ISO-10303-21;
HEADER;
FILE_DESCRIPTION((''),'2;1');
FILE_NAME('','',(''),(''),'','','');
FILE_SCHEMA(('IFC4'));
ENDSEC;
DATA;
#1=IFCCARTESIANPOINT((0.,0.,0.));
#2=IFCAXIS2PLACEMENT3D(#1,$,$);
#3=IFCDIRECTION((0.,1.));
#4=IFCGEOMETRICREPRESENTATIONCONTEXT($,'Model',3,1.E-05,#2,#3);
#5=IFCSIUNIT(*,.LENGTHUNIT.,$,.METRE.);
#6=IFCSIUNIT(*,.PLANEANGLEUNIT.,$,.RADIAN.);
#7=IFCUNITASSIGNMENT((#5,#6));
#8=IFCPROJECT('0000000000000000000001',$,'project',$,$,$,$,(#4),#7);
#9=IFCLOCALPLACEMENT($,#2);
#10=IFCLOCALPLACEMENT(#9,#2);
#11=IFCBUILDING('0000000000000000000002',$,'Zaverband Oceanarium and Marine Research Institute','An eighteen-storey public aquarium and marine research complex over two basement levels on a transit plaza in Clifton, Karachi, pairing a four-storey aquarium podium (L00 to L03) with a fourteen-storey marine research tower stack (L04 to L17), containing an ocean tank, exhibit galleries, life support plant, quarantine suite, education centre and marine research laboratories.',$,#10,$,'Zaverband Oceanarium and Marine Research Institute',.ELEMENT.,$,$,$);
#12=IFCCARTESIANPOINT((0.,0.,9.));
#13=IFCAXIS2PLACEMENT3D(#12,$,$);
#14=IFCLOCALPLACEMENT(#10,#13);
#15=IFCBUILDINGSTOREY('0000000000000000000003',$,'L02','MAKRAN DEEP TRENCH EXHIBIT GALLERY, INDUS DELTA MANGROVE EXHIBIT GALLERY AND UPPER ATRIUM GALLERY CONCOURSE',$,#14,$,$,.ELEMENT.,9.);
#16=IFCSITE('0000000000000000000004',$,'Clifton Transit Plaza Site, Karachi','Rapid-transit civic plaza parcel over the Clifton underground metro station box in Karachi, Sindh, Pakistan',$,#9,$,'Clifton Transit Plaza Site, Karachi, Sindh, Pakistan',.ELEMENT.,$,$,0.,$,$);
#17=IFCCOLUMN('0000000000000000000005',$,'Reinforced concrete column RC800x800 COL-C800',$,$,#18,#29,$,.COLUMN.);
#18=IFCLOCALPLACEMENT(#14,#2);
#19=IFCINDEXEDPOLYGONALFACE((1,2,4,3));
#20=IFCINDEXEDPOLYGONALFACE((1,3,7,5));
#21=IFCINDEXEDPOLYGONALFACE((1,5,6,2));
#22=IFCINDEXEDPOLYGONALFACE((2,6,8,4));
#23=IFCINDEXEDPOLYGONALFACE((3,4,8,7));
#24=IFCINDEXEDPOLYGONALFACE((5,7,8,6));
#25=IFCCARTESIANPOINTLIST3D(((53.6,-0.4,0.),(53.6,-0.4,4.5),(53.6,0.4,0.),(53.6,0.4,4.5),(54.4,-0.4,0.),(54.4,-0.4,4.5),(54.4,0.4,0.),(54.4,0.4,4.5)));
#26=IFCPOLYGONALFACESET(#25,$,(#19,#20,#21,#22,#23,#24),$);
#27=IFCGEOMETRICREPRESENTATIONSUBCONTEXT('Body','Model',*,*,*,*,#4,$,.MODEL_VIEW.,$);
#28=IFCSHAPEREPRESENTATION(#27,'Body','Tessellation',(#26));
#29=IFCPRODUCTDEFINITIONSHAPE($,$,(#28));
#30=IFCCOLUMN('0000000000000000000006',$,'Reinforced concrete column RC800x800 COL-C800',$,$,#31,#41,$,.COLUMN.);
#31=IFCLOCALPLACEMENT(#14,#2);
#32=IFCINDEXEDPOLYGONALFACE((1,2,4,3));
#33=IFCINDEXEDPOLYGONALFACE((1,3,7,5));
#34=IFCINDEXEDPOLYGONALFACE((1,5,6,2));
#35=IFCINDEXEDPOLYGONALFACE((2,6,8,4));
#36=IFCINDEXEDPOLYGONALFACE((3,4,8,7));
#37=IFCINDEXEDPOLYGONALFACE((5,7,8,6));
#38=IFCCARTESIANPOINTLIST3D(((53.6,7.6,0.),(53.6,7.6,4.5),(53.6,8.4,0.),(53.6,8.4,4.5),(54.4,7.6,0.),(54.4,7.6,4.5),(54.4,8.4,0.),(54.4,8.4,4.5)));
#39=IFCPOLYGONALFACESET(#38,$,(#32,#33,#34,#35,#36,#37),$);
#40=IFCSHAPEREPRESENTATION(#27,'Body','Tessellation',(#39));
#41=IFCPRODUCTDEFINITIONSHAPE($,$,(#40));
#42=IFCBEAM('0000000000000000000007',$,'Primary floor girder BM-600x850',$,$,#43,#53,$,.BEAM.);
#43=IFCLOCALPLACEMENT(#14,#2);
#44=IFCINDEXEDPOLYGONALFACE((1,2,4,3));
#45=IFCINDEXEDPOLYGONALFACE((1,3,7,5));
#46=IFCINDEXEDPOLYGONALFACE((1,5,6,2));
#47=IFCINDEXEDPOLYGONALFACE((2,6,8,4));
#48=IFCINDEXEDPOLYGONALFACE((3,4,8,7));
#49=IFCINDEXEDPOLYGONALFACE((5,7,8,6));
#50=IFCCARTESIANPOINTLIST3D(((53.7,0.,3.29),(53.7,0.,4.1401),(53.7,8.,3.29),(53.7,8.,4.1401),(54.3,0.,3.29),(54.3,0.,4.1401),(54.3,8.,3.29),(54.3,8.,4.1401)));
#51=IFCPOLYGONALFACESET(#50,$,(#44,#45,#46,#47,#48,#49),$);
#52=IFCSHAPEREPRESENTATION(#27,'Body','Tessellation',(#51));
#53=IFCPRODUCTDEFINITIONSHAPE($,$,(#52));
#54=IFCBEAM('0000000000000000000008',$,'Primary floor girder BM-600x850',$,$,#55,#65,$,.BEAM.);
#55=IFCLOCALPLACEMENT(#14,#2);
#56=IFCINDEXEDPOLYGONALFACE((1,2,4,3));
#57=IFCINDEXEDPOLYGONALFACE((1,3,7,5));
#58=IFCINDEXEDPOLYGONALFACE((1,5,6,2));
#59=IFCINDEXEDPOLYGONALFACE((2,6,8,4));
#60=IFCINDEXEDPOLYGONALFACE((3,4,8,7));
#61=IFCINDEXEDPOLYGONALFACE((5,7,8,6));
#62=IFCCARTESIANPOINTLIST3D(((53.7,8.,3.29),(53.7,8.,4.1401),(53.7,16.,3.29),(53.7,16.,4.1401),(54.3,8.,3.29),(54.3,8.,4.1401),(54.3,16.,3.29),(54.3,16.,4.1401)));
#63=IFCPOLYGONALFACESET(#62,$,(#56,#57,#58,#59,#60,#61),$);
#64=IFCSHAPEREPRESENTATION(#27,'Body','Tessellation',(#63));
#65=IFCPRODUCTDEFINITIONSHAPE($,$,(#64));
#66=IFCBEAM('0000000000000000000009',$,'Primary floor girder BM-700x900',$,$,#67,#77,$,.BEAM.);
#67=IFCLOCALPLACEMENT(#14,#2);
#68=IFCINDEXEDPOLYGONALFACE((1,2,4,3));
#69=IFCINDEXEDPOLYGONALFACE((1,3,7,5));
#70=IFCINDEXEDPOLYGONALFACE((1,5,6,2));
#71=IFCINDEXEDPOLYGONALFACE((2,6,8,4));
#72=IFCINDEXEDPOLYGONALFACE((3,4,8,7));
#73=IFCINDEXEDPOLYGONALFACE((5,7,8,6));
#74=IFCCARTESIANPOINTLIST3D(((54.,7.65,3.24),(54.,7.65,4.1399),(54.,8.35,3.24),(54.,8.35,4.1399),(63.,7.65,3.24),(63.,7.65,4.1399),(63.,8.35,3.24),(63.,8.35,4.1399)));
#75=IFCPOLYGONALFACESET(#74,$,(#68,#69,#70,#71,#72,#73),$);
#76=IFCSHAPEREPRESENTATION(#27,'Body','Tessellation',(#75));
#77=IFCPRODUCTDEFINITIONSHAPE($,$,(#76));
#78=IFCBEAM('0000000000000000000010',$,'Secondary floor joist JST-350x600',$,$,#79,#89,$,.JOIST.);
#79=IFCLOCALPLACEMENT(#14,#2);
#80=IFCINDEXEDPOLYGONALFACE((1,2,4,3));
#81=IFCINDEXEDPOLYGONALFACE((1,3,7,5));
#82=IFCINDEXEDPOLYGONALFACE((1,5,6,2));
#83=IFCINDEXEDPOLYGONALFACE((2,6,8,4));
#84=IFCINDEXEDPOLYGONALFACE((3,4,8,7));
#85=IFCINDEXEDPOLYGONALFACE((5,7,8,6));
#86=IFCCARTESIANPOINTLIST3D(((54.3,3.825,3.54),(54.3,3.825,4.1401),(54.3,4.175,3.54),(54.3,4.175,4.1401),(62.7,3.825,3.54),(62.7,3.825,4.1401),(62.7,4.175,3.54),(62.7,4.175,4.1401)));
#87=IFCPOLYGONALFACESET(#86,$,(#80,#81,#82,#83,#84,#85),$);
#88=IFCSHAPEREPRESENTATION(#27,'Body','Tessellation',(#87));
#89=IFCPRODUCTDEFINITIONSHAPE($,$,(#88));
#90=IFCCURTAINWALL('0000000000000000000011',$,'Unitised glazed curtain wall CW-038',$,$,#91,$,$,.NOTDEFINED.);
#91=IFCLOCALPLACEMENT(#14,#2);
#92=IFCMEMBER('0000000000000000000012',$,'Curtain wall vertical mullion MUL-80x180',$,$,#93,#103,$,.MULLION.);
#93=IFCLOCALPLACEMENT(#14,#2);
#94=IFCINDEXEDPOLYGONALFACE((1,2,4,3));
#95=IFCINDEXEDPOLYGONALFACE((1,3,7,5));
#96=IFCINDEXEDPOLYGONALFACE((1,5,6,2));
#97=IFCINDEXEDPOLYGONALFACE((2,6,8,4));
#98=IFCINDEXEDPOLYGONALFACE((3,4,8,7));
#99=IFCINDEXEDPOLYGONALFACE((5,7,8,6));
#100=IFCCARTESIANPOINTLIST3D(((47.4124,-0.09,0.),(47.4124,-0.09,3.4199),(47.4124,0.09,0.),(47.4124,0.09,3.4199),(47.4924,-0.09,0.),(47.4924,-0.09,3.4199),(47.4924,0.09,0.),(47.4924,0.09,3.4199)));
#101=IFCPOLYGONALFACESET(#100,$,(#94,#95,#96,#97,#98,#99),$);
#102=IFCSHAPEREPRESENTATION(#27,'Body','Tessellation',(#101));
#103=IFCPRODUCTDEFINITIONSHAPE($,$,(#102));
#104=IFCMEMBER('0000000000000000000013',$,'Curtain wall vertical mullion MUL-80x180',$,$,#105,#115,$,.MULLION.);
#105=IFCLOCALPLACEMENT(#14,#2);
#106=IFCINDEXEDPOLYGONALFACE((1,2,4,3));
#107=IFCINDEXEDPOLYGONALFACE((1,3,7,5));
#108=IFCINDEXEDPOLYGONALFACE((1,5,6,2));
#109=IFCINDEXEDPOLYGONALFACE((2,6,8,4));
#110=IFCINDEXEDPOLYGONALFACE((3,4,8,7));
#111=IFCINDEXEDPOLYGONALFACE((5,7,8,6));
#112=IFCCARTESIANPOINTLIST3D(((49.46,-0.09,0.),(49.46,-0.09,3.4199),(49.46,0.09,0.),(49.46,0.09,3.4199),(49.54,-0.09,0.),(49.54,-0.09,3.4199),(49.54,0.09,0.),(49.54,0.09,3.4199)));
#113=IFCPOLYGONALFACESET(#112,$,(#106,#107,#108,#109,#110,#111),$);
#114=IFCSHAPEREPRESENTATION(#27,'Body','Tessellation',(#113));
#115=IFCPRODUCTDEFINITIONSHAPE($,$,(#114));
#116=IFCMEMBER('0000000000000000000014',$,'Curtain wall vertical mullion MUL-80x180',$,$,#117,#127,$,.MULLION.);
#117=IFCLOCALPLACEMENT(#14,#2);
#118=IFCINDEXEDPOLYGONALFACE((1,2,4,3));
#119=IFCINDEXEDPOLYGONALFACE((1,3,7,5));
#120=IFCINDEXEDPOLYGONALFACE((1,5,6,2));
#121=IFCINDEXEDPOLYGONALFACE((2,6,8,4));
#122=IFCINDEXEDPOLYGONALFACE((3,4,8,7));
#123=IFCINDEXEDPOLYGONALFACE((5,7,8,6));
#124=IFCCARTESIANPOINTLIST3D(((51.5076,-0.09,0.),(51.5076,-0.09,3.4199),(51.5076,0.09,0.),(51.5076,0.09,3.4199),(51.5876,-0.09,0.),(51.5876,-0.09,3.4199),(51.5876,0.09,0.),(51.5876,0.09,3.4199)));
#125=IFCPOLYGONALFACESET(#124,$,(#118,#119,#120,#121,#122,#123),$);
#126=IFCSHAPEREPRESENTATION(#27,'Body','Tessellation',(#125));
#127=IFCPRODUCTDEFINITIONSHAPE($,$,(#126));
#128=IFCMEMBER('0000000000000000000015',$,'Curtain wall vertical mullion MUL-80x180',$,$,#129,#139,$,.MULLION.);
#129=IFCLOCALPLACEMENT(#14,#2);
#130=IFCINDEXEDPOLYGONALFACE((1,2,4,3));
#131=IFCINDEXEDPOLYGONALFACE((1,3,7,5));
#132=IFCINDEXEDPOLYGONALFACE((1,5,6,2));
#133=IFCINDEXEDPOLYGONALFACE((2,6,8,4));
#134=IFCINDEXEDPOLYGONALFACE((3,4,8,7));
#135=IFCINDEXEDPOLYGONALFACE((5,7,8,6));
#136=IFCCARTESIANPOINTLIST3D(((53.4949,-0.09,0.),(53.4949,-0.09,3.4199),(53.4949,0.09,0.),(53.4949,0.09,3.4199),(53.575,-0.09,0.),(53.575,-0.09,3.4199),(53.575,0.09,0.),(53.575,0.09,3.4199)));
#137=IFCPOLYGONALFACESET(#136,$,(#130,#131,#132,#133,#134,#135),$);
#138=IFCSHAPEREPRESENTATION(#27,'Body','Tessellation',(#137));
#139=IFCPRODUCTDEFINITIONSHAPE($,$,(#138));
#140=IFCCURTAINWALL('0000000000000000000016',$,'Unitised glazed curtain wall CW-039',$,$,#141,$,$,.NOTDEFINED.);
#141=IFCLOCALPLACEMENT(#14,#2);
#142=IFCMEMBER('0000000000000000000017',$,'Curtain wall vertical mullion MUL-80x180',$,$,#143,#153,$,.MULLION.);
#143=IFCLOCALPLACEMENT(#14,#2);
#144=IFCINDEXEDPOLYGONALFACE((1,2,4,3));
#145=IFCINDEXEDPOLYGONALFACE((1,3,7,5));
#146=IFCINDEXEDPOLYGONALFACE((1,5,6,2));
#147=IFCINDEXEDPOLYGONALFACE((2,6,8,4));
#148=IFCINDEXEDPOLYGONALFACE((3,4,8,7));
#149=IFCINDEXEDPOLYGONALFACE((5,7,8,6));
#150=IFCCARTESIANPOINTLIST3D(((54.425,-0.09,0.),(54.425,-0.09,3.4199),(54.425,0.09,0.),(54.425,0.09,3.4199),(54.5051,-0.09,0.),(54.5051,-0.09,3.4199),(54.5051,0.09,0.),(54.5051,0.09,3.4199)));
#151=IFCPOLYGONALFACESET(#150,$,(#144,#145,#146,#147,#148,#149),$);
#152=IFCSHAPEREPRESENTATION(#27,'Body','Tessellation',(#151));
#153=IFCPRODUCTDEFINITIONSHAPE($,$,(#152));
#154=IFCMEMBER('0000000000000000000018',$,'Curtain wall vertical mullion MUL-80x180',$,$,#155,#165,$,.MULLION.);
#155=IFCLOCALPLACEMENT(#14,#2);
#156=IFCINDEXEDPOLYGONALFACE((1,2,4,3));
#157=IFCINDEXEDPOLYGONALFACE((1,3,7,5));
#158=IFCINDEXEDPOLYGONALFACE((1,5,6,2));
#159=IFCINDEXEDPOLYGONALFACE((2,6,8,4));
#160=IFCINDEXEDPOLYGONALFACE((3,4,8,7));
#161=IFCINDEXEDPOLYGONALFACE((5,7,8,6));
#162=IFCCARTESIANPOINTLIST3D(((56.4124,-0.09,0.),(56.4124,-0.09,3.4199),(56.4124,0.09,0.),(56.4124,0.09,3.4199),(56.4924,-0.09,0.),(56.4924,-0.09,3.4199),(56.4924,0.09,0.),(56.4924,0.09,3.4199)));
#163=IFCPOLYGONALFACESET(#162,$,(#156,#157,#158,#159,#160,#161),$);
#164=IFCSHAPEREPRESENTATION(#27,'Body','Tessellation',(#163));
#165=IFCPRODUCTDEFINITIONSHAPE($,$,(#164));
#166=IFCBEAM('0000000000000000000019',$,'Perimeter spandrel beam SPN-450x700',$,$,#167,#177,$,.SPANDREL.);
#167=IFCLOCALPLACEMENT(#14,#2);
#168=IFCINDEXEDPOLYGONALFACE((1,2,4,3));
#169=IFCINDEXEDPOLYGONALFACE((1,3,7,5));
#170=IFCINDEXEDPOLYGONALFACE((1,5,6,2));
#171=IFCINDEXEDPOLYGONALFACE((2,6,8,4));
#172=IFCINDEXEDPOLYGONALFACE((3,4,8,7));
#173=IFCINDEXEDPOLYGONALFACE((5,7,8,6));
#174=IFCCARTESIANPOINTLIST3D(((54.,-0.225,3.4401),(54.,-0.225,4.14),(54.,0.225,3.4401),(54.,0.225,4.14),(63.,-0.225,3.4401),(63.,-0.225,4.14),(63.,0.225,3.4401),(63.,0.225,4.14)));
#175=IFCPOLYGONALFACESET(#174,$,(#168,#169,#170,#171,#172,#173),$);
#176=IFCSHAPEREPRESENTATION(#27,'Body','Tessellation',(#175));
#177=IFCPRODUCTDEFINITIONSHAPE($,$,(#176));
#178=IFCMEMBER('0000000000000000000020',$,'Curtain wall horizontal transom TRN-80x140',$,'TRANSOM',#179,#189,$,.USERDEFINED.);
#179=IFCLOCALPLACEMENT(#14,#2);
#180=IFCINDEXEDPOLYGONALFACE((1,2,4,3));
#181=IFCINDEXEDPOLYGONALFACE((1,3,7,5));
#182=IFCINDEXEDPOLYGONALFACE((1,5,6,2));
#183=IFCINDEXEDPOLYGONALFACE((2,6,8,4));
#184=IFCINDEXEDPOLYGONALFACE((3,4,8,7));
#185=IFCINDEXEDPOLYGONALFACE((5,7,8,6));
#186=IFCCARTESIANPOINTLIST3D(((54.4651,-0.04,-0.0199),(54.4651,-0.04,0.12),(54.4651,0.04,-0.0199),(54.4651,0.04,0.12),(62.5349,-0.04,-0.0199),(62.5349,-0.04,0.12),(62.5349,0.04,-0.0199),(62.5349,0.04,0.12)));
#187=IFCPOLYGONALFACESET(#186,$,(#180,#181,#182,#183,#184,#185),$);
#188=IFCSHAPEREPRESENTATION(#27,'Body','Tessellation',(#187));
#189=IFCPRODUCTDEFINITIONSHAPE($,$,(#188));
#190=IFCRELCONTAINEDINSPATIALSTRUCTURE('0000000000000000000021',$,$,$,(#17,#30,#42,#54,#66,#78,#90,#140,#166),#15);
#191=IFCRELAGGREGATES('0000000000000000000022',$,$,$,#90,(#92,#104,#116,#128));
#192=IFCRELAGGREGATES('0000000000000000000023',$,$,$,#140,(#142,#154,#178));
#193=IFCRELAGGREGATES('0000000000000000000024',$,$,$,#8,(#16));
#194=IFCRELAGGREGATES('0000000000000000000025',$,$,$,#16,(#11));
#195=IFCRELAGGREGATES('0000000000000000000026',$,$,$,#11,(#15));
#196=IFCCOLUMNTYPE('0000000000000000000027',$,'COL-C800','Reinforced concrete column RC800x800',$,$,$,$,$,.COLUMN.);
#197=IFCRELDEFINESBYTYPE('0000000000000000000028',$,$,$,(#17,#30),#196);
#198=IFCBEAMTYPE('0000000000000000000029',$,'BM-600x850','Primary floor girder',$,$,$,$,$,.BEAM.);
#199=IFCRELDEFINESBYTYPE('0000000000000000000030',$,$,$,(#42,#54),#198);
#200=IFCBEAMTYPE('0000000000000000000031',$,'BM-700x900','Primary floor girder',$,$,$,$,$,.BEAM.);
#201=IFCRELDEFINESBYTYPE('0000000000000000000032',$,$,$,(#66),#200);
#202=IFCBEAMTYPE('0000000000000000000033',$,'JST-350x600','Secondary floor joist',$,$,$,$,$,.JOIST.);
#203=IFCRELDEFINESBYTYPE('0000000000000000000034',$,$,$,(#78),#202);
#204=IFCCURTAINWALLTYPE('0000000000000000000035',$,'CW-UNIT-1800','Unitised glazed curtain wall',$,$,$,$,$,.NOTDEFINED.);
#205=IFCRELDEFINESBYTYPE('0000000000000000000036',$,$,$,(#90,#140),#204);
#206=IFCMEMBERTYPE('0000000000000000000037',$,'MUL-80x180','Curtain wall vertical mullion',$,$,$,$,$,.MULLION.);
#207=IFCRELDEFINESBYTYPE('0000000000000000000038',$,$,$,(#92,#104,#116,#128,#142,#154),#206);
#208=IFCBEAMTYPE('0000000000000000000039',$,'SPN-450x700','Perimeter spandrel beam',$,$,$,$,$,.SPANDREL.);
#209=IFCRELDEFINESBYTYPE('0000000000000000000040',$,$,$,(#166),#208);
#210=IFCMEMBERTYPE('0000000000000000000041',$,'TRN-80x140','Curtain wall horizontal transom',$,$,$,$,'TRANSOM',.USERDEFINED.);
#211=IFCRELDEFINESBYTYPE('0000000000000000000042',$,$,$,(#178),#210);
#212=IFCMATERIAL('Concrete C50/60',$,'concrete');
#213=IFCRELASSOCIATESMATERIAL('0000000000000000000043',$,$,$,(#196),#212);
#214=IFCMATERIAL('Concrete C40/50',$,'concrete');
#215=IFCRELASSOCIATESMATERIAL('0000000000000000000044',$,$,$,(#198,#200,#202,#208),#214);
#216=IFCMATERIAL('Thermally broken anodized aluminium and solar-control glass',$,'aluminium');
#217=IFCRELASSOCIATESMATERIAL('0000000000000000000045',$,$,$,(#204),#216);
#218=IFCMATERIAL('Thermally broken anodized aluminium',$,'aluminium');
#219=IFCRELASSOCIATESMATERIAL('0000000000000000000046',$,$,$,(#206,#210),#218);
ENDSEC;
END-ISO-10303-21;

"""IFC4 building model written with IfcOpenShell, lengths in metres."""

from ifc_helpers import new_model, si_unit, direction, frame, origin, origin_2d, place, context, subcontext, project, spatial, rectangle, extrude, material, material_profile, profile_set, type_object, element, aggregate, save


model = new_model("IFC4")

# Units and contexts
model_context = context("Model", 3, precision=1e-05, world=origin(), true_north=direction((0.0, 1.0)))
body_context = subcontext(model_context, "Body", "Model", "MODEL_VIEW")
ifc_project = project(units=[si_unit("LENGTHUNIT", "METRE"), si_unit("PLANEANGLEUNIT", "RADIAN")], contexts=[model_context])

# Site, building, storey
site_placement = place(None, origin())
site = spatial("IfcSite", under=ifc_project, at=site_placement, Name="Clifton Transit Plaza Site, Karachi", Description="Rapid-transit civic plaza parcel over the Clifton underground metro station box in Karachi, Sindh, Pakistan", LongName="Clifton Transit Plaza Site, Karachi, Sindh, Pakistan", CompositionType="ELEMENT", RefElevation=0.0)
building_placement = place(site_placement, origin())
building = spatial("IfcBuilding", under=site, at=building_placement, Name="Zaverband Oceanarium and Marine Research Institute", Description="An eighteen-storey public aquarium and marine research complex over two basement levels on a transit plaza in Clifton, Karachi, pairing a four-storey aquarium podium (L00 to L03) with a fourteen-storey marine research tower stack (L04 to L17), containing an ocean tank, exhibit galleries, life support plant, quarantine suite, education centre and marine research laboratories.", LongName="Zaverband Oceanarium and Marine Research Institute", CompositionType="ELEMENT")
storey_placement = place(building_placement, frame((0.0, 0.0, 9.0)))
storey = spatial("IfcBuildingStorey", under=building, at=storey_placement, Name="L02", Description="MAKRAN DEEP TRENCH EXHIBIT GALLERY, INDUS DELTA MANGROVE EXHIBIT GALLERY AND UPPER ATRIUM GALLERY CONCOURSE", CompositionType="ELEMENT", Elevation=9.0)

# Columns
ifc_material_1 = material(Name="Concrete C50/60", Category="concrete")
ifc_material_profile_1 = material_profile(ifc_material_1, rectangle(XDim=0.8, YDim=0.8, at=origin_2d()), Name="RC800x800")
ifc_profile_set_1 = profile_set([ifc_material_profile_1], Name="Concrete C50/60")
column_type = type_object("IfcColumnType", Name="COL-C800", Description="Reinforced concrete column RC800x800", PredefinedType="COLUMN", material=ifc_profile_set_1)
for number, where, z_axis, x_axis, name in (
    (1, (54.0, 0.0, 0.0), (0.0, 0.0, 1.0), (1.0, 0.0, 0.0), "Reinforced concrete column RC800x800 COL-C800"),
    (2, (54.0, 8.0, 0.0), (0.0, 0.0, 1.0), (1.0, 0.0, 0.0), "Reinforced concrete column RC800x800 COL-C800"),
):
    element("IfcColumn", number, at=place(storey_placement, frame(where, z_axis=z_axis, x_axis=x_axis)), inside=storey, type_object=column_type, Name=name, PredefinedType="COLUMN", context=body_context, shape_type="SweptSolid", body=[
        extrude(rectangle(XDim=0.8, YDim=0.8, at=origin_2d()), origin(), (0.0, 0.0, 1.0), 4.5),
    ])

# Beams
ifc_material_2 = material(Name="Concrete C40/50", Category="concrete")
ifc_material_profile_2 = material_profile(ifc_material_2, rectangle(XDim=0.6001, YDim=0.8501, at=origin_2d()), Name="RC600x850")
ifc_profile_set_2 = profile_set([ifc_material_profile_2], Name="Concrete C40/50")
beam_type_1 = type_object("IfcBeamType", Name="BM-600x850", Description="Primary floor girder", PredefinedType="BEAM", material=ifc_profile_set_2)
for number, where, z_axis, x_axis, name in (
    (3, (54.0, 0.0, 3.7151), (0.0, 1.0, 0.0), (-1.0, 0.0, 0.0), "Primary floor girder BM-600x850"),
    (4, (54.0, 8.0, 3.7151), (0.0, 1.0, 0.0), (-1.0, 0.0, 0.0), "Primary floor girder BM-600x850"),
):
    element("IfcBeam", number, at=place(storey_placement, frame(where, z_axis=z_axis, x_axis=x_axis)), inside=storey, type_object=beam_type_1, Name=name, PredefinedType="BEAM", context=body_context, shape_type="SweptSolid", body=[
        extrude(rectangle(XDim=0.6001, YDim=0.8501, at=origin_2d()), origin(), (0.0, 0.0, 1.0), 8.0),
    ])
ifc_material_profile_3 = material_profile(ifc_material_2, rectangle(XDim=0.7, YDim=0.8999, at=origin_2d()), Name="RC700x900")
ifc_profile_set_3 = profile_set([ifc_material_profile_3], Name="Concrete C40/50")
beam_type_2 = type_object("IfcBeamType", Name="BM-700x900", Description="Primary floor girder", PredefinedType="BEAM", material=ifc_profile_set_3)
beam_1_placement = place(storey_placement, frame((54.0, 8.0, 3.6899), z_axis=(1.0, 0.0, 0.0), x_axis=(0.0, 1.0, 0.0)))
element("IfcBeam", 5, at=beam_1_placement, inside=storey, type_object=beam_type_2, Name="Primary floor girder BM-700x900", PredefinedType="BEAM", context=body_context, shape_type="SweptSolid", body=[
    extrude(rectangle(XDim=0.7, YDim=0.8999, at=origin_2d()), origin(), (0.0, 0.0, 1.0), 9.0),
])
ifc_material_profile_4 = material_profile(ifc_material_2, rectangle(XDim=0.3501, YDim=0.6001, at=origin_2d()), Name="RC350x600")
ifc_profile_set_4 = profile_set([ifc_material_profile_4], Name="Concrete C40/50")
beam_type_3 = type_object("IfcBeamType", Name="JST-350x600", Description="Secondary floor joist", PredefinedType="JOIST", material=ifc_profile_set_4)
beam_2_placement = place(storey_placement, frame((54.3, 4.0, 3.8401), z_axis=(1.0, 0.0, 0.0), x_axis=(0.0, 1.0, 0.0)))
element("IfcBeam", 6, at=beam_2_placement, inside=storey, type_object=beam_type_3, Name="Secondary floor joist JST-350x600", PredefinedType="JOIST", context=body_context, shape_type="SweptSolid", body=[
    extrude(rectangle(XDim=0.3501, YDim=0.6001, at=origin_2d()), origin(), (0.0, 0.0, 1.0), 8.3999),
])

# Curtain walls, members
ifc_material_3 = material(Name="Thermally broken anodized aluminium and solar-control glass", Category="aluminium")
curtain_wall_type = type_object("IfcCurtainWallType", Name="CW-UNIT-1800", Description="Unitised glazed curtain wall", PredefinedType="NOTDEFINED", material=ifc_material_3)
curtain_wall_1_placement = place(storey_placement, origin())
curtain_wall_1 = element("IfcCurtainWall", 7, at=curtain_wall_1_placement, inside=storey, type_object=curtain_wall_type, Name="Unitised glazed curtain wall CW-038", PredefinedType="NOTDEFINED")
ifc_material_4 = material(Name="Thermally broken anodized aluminium", Category="aluminium")
ifc_material_profile_5 = material_profile(ifc_material_4, rectangle(XDim=0.0801, YDim=0.1799, at=origin_2d()), Name="AL-MUL-80x180")
ifc_profile_set_5 = profile_set([ifc_material_profile_5], Name="Thermally broken anodized aluminium")
member_type_1 = type_object("IfcMemberType", Name="MUL-80x180", Description="Curtain wall vertical mullion", PredefinedType="MULLION", material=ifc_profile_set_5)
member_1_placement = place(storey_placement, frame((47.4524, 0.0, 0.0), z_axis=(0.0, 0.0, 1.0), x_axis=(1.0, 0.0, 0.0)))
member_1 = element("IfcMember", 8, at=member_1_placement, type_object=member_type_1, Name="Curtain wall vertical mullion MUL-80x180", PredefinedType="MULLION", context=body_context, shape_type="SweptSolid", body=[
    extrude(rectangle(XDim=0.0801, YDim=0.1799, at=origin_2d()), origin(), (0.0, 0.0, 1.0), 3.4199),
])
member_2_placement = place(storey_placement, frame((49.5, 0.0, 0.0), z_axis=(0.0, 0.0, 1.0), x_axis=(1.0, 0.0, 0.0)))
member_2 = element("IfcMember", 9, at=member_2_placement, type_object=member_type_1, Name="Curtain wall vertical mullion MUL-80x180", PredefinedType="MULLION", context=body_context, shape_type="SweptSolid", body=[
    extrude(rectangle(XDim=0.0801, YDim=0.1799, at=origin_2d()), origin(), (0.0, 0.0, 1.0), 3.4199),
])
member_3_placement = place(storey_placement, frame((51.5476, 0.0, 0.0), z_axis=(0.0, 0.0, 1.0), x_axis=(1.0, 0.0, 0.0)))
member_3 = element("IfcMember", 10, at=member_3_placement, type_object=member_type_1, Name="Curtain wall vertical mullion MUL-80x180", PredefinedType="MULLION", context=body_context, shape_type="SweptSolid", body=[
    extrude(rectangle(XDim=0.0801, YDim=0.1799, at=origin_2d()), origin(), (0.0, 0.0, 1.0), 3.4199),
])
member_4_placement = place(storey_placement, frame((53.5349, 0.0, 0.0), z_axis=(0.0, 0.0, 1.0), x_axis=(1.0, 0.0, 0.0)))
member_4 = element("IfcMember", 11, at=member_4_placement, type_object=member_type_1, Name="Curtain wall vertical mullion MUL-80x180", PredefinedType="MULLION", context=body_context, shape_type="SweptSolid", body=[
    extrude(rectangle(XDim=0.0801, YDim=0.1799, at=origin_2d()), origin(), (0.0, 0.0, 1.0), 3.4199),
])
curtain_wall_2_placement = place(storey_placement, origin())
curtain_wall_2 = element("IfcCurtainWall", 12, at=curtain_wall_2_placement, inside=storey, type_object=curtain_wall_type, Name="Unitised glazed curtain wall CW-039", PredefinedType="NOTDEFINED")
member_5_placement = place(storey_placement, frame((54.4651, 0.0, 0.0), z_axis=(0.0, 0.0, 1.0), x_axis=(1.0, 0.0, 0.0)))
member_5 = element("IfcMember", 13, at=member_5_placement, type_object=member_type_1, Name="Curtain wall vertical mullion MUL-80x180", PredefinedType="MULLION", context=body_context, shape_type="SweptSolid", body=[
    extrude(rectangle(XDim=0.0801, YDim=0.1799, at=origin_2d()), origin(), (0.0, 0.0, 1.0), 3.4199),
])
member_6_placement = place(storey_placement, frame((56.4524, 0.0, 0.0), z_axis=(0.0, 0.0, 1.0), x_axis=(1.0, 0.0, 0.0)))
member_6 = element("IfcMember", 14, at=member_6_placement, type_object=member_type_1, Name="Curtain wall vertical mullion MUL-80x180", PredefinedType="MULLION", context=body_context, shape_type="SweptSolid", body=[
    extrude(rectangle(XDim=0.0801, YDim=0.1799, at=origin_2d()), origin(), (0.0, 0.0, 1.0), 3.4199),
])

# Beam
ifc_material_profile_6 = material_profile(ifc_material_2, rectangle(XDim=0.45, YDim=0.7, at=origin_2d()), Name="RC450x700")
ifc_profile_set_6 = profile_set([ifc_material_profile_6], Name="Concrete C40/50")
beam_type_4 = type_object("IfcBeamType", Name="SPN-450x700", Description="Perimeter spandrel beam", PredefinedType="SPANDREL", material=ifc_profile_set_6)
beam_3_placement = place(storey_placement, frame((54.0, 0.0, 3.79), z_axis=(1.0, 0.0, 0.0), x_axis=(0.0, 1.0, 0.0)))
element("IfcBeam", 15, at=beam_3_placement, inside=storey, type_object=beam_type_4, Name="Perimeter spandrel beam SPN-450x700", PredefinedType="SPANDREL", context=body_context, shape_type="SweptSolid", body=[
    extrude(rectangle(XDim=0.45, YDim=0.7, at=origin_2d()), origin(), (0.0, 0.0, 1.0), 9.0),
])

# Member
ifc_material_profile_7 = material_profile(ifc_material_4, rectangle(XDim=0.0801, YDim=0.1399, at=origin_2d()), Name="AL-TRN-80x140")
ifc_profile_set_7 = profile_set([ifc_material_profile_7], Name="Thermally broken anodized aluminium")
member_type_2 = type_object("IfcMemberType", Name="TRN-80x140", Description="Curtain wall horizontal transom", ElementType="TRANSOM", PredefinedType="USERDEFINED", material=ifc_profile_set_7)
member_7_placement = place(storey_placement, frame((54.4651, 0.0, 0.05), z_axis=(1.0, 0.0, 0.0), x_axis=(0.0, 1.0, 0.0)))
member_7 = element("IfcMember", 16, at=member_7_placement, type_object=member_type_2, Name="Curtain wall horizontal transom TRN-80x140", ObjectType="TRANSOM", PredefinedType="USERDEFINED", context=body_context, shape_type="SweptSolid", body=[
    extrude(rectangle(XDim=0.0801, YDim=0.1399, at=origin_2d()), origin(), (0.0, 0.0, 1.0), 8.0698),
])

aggregate(curtain_wall_1, [member_1, member_2, member_3, member_4])
aggregate(curtain_wall_2, [member_5, member_6, member_7])

save(model, "model.ifc")
